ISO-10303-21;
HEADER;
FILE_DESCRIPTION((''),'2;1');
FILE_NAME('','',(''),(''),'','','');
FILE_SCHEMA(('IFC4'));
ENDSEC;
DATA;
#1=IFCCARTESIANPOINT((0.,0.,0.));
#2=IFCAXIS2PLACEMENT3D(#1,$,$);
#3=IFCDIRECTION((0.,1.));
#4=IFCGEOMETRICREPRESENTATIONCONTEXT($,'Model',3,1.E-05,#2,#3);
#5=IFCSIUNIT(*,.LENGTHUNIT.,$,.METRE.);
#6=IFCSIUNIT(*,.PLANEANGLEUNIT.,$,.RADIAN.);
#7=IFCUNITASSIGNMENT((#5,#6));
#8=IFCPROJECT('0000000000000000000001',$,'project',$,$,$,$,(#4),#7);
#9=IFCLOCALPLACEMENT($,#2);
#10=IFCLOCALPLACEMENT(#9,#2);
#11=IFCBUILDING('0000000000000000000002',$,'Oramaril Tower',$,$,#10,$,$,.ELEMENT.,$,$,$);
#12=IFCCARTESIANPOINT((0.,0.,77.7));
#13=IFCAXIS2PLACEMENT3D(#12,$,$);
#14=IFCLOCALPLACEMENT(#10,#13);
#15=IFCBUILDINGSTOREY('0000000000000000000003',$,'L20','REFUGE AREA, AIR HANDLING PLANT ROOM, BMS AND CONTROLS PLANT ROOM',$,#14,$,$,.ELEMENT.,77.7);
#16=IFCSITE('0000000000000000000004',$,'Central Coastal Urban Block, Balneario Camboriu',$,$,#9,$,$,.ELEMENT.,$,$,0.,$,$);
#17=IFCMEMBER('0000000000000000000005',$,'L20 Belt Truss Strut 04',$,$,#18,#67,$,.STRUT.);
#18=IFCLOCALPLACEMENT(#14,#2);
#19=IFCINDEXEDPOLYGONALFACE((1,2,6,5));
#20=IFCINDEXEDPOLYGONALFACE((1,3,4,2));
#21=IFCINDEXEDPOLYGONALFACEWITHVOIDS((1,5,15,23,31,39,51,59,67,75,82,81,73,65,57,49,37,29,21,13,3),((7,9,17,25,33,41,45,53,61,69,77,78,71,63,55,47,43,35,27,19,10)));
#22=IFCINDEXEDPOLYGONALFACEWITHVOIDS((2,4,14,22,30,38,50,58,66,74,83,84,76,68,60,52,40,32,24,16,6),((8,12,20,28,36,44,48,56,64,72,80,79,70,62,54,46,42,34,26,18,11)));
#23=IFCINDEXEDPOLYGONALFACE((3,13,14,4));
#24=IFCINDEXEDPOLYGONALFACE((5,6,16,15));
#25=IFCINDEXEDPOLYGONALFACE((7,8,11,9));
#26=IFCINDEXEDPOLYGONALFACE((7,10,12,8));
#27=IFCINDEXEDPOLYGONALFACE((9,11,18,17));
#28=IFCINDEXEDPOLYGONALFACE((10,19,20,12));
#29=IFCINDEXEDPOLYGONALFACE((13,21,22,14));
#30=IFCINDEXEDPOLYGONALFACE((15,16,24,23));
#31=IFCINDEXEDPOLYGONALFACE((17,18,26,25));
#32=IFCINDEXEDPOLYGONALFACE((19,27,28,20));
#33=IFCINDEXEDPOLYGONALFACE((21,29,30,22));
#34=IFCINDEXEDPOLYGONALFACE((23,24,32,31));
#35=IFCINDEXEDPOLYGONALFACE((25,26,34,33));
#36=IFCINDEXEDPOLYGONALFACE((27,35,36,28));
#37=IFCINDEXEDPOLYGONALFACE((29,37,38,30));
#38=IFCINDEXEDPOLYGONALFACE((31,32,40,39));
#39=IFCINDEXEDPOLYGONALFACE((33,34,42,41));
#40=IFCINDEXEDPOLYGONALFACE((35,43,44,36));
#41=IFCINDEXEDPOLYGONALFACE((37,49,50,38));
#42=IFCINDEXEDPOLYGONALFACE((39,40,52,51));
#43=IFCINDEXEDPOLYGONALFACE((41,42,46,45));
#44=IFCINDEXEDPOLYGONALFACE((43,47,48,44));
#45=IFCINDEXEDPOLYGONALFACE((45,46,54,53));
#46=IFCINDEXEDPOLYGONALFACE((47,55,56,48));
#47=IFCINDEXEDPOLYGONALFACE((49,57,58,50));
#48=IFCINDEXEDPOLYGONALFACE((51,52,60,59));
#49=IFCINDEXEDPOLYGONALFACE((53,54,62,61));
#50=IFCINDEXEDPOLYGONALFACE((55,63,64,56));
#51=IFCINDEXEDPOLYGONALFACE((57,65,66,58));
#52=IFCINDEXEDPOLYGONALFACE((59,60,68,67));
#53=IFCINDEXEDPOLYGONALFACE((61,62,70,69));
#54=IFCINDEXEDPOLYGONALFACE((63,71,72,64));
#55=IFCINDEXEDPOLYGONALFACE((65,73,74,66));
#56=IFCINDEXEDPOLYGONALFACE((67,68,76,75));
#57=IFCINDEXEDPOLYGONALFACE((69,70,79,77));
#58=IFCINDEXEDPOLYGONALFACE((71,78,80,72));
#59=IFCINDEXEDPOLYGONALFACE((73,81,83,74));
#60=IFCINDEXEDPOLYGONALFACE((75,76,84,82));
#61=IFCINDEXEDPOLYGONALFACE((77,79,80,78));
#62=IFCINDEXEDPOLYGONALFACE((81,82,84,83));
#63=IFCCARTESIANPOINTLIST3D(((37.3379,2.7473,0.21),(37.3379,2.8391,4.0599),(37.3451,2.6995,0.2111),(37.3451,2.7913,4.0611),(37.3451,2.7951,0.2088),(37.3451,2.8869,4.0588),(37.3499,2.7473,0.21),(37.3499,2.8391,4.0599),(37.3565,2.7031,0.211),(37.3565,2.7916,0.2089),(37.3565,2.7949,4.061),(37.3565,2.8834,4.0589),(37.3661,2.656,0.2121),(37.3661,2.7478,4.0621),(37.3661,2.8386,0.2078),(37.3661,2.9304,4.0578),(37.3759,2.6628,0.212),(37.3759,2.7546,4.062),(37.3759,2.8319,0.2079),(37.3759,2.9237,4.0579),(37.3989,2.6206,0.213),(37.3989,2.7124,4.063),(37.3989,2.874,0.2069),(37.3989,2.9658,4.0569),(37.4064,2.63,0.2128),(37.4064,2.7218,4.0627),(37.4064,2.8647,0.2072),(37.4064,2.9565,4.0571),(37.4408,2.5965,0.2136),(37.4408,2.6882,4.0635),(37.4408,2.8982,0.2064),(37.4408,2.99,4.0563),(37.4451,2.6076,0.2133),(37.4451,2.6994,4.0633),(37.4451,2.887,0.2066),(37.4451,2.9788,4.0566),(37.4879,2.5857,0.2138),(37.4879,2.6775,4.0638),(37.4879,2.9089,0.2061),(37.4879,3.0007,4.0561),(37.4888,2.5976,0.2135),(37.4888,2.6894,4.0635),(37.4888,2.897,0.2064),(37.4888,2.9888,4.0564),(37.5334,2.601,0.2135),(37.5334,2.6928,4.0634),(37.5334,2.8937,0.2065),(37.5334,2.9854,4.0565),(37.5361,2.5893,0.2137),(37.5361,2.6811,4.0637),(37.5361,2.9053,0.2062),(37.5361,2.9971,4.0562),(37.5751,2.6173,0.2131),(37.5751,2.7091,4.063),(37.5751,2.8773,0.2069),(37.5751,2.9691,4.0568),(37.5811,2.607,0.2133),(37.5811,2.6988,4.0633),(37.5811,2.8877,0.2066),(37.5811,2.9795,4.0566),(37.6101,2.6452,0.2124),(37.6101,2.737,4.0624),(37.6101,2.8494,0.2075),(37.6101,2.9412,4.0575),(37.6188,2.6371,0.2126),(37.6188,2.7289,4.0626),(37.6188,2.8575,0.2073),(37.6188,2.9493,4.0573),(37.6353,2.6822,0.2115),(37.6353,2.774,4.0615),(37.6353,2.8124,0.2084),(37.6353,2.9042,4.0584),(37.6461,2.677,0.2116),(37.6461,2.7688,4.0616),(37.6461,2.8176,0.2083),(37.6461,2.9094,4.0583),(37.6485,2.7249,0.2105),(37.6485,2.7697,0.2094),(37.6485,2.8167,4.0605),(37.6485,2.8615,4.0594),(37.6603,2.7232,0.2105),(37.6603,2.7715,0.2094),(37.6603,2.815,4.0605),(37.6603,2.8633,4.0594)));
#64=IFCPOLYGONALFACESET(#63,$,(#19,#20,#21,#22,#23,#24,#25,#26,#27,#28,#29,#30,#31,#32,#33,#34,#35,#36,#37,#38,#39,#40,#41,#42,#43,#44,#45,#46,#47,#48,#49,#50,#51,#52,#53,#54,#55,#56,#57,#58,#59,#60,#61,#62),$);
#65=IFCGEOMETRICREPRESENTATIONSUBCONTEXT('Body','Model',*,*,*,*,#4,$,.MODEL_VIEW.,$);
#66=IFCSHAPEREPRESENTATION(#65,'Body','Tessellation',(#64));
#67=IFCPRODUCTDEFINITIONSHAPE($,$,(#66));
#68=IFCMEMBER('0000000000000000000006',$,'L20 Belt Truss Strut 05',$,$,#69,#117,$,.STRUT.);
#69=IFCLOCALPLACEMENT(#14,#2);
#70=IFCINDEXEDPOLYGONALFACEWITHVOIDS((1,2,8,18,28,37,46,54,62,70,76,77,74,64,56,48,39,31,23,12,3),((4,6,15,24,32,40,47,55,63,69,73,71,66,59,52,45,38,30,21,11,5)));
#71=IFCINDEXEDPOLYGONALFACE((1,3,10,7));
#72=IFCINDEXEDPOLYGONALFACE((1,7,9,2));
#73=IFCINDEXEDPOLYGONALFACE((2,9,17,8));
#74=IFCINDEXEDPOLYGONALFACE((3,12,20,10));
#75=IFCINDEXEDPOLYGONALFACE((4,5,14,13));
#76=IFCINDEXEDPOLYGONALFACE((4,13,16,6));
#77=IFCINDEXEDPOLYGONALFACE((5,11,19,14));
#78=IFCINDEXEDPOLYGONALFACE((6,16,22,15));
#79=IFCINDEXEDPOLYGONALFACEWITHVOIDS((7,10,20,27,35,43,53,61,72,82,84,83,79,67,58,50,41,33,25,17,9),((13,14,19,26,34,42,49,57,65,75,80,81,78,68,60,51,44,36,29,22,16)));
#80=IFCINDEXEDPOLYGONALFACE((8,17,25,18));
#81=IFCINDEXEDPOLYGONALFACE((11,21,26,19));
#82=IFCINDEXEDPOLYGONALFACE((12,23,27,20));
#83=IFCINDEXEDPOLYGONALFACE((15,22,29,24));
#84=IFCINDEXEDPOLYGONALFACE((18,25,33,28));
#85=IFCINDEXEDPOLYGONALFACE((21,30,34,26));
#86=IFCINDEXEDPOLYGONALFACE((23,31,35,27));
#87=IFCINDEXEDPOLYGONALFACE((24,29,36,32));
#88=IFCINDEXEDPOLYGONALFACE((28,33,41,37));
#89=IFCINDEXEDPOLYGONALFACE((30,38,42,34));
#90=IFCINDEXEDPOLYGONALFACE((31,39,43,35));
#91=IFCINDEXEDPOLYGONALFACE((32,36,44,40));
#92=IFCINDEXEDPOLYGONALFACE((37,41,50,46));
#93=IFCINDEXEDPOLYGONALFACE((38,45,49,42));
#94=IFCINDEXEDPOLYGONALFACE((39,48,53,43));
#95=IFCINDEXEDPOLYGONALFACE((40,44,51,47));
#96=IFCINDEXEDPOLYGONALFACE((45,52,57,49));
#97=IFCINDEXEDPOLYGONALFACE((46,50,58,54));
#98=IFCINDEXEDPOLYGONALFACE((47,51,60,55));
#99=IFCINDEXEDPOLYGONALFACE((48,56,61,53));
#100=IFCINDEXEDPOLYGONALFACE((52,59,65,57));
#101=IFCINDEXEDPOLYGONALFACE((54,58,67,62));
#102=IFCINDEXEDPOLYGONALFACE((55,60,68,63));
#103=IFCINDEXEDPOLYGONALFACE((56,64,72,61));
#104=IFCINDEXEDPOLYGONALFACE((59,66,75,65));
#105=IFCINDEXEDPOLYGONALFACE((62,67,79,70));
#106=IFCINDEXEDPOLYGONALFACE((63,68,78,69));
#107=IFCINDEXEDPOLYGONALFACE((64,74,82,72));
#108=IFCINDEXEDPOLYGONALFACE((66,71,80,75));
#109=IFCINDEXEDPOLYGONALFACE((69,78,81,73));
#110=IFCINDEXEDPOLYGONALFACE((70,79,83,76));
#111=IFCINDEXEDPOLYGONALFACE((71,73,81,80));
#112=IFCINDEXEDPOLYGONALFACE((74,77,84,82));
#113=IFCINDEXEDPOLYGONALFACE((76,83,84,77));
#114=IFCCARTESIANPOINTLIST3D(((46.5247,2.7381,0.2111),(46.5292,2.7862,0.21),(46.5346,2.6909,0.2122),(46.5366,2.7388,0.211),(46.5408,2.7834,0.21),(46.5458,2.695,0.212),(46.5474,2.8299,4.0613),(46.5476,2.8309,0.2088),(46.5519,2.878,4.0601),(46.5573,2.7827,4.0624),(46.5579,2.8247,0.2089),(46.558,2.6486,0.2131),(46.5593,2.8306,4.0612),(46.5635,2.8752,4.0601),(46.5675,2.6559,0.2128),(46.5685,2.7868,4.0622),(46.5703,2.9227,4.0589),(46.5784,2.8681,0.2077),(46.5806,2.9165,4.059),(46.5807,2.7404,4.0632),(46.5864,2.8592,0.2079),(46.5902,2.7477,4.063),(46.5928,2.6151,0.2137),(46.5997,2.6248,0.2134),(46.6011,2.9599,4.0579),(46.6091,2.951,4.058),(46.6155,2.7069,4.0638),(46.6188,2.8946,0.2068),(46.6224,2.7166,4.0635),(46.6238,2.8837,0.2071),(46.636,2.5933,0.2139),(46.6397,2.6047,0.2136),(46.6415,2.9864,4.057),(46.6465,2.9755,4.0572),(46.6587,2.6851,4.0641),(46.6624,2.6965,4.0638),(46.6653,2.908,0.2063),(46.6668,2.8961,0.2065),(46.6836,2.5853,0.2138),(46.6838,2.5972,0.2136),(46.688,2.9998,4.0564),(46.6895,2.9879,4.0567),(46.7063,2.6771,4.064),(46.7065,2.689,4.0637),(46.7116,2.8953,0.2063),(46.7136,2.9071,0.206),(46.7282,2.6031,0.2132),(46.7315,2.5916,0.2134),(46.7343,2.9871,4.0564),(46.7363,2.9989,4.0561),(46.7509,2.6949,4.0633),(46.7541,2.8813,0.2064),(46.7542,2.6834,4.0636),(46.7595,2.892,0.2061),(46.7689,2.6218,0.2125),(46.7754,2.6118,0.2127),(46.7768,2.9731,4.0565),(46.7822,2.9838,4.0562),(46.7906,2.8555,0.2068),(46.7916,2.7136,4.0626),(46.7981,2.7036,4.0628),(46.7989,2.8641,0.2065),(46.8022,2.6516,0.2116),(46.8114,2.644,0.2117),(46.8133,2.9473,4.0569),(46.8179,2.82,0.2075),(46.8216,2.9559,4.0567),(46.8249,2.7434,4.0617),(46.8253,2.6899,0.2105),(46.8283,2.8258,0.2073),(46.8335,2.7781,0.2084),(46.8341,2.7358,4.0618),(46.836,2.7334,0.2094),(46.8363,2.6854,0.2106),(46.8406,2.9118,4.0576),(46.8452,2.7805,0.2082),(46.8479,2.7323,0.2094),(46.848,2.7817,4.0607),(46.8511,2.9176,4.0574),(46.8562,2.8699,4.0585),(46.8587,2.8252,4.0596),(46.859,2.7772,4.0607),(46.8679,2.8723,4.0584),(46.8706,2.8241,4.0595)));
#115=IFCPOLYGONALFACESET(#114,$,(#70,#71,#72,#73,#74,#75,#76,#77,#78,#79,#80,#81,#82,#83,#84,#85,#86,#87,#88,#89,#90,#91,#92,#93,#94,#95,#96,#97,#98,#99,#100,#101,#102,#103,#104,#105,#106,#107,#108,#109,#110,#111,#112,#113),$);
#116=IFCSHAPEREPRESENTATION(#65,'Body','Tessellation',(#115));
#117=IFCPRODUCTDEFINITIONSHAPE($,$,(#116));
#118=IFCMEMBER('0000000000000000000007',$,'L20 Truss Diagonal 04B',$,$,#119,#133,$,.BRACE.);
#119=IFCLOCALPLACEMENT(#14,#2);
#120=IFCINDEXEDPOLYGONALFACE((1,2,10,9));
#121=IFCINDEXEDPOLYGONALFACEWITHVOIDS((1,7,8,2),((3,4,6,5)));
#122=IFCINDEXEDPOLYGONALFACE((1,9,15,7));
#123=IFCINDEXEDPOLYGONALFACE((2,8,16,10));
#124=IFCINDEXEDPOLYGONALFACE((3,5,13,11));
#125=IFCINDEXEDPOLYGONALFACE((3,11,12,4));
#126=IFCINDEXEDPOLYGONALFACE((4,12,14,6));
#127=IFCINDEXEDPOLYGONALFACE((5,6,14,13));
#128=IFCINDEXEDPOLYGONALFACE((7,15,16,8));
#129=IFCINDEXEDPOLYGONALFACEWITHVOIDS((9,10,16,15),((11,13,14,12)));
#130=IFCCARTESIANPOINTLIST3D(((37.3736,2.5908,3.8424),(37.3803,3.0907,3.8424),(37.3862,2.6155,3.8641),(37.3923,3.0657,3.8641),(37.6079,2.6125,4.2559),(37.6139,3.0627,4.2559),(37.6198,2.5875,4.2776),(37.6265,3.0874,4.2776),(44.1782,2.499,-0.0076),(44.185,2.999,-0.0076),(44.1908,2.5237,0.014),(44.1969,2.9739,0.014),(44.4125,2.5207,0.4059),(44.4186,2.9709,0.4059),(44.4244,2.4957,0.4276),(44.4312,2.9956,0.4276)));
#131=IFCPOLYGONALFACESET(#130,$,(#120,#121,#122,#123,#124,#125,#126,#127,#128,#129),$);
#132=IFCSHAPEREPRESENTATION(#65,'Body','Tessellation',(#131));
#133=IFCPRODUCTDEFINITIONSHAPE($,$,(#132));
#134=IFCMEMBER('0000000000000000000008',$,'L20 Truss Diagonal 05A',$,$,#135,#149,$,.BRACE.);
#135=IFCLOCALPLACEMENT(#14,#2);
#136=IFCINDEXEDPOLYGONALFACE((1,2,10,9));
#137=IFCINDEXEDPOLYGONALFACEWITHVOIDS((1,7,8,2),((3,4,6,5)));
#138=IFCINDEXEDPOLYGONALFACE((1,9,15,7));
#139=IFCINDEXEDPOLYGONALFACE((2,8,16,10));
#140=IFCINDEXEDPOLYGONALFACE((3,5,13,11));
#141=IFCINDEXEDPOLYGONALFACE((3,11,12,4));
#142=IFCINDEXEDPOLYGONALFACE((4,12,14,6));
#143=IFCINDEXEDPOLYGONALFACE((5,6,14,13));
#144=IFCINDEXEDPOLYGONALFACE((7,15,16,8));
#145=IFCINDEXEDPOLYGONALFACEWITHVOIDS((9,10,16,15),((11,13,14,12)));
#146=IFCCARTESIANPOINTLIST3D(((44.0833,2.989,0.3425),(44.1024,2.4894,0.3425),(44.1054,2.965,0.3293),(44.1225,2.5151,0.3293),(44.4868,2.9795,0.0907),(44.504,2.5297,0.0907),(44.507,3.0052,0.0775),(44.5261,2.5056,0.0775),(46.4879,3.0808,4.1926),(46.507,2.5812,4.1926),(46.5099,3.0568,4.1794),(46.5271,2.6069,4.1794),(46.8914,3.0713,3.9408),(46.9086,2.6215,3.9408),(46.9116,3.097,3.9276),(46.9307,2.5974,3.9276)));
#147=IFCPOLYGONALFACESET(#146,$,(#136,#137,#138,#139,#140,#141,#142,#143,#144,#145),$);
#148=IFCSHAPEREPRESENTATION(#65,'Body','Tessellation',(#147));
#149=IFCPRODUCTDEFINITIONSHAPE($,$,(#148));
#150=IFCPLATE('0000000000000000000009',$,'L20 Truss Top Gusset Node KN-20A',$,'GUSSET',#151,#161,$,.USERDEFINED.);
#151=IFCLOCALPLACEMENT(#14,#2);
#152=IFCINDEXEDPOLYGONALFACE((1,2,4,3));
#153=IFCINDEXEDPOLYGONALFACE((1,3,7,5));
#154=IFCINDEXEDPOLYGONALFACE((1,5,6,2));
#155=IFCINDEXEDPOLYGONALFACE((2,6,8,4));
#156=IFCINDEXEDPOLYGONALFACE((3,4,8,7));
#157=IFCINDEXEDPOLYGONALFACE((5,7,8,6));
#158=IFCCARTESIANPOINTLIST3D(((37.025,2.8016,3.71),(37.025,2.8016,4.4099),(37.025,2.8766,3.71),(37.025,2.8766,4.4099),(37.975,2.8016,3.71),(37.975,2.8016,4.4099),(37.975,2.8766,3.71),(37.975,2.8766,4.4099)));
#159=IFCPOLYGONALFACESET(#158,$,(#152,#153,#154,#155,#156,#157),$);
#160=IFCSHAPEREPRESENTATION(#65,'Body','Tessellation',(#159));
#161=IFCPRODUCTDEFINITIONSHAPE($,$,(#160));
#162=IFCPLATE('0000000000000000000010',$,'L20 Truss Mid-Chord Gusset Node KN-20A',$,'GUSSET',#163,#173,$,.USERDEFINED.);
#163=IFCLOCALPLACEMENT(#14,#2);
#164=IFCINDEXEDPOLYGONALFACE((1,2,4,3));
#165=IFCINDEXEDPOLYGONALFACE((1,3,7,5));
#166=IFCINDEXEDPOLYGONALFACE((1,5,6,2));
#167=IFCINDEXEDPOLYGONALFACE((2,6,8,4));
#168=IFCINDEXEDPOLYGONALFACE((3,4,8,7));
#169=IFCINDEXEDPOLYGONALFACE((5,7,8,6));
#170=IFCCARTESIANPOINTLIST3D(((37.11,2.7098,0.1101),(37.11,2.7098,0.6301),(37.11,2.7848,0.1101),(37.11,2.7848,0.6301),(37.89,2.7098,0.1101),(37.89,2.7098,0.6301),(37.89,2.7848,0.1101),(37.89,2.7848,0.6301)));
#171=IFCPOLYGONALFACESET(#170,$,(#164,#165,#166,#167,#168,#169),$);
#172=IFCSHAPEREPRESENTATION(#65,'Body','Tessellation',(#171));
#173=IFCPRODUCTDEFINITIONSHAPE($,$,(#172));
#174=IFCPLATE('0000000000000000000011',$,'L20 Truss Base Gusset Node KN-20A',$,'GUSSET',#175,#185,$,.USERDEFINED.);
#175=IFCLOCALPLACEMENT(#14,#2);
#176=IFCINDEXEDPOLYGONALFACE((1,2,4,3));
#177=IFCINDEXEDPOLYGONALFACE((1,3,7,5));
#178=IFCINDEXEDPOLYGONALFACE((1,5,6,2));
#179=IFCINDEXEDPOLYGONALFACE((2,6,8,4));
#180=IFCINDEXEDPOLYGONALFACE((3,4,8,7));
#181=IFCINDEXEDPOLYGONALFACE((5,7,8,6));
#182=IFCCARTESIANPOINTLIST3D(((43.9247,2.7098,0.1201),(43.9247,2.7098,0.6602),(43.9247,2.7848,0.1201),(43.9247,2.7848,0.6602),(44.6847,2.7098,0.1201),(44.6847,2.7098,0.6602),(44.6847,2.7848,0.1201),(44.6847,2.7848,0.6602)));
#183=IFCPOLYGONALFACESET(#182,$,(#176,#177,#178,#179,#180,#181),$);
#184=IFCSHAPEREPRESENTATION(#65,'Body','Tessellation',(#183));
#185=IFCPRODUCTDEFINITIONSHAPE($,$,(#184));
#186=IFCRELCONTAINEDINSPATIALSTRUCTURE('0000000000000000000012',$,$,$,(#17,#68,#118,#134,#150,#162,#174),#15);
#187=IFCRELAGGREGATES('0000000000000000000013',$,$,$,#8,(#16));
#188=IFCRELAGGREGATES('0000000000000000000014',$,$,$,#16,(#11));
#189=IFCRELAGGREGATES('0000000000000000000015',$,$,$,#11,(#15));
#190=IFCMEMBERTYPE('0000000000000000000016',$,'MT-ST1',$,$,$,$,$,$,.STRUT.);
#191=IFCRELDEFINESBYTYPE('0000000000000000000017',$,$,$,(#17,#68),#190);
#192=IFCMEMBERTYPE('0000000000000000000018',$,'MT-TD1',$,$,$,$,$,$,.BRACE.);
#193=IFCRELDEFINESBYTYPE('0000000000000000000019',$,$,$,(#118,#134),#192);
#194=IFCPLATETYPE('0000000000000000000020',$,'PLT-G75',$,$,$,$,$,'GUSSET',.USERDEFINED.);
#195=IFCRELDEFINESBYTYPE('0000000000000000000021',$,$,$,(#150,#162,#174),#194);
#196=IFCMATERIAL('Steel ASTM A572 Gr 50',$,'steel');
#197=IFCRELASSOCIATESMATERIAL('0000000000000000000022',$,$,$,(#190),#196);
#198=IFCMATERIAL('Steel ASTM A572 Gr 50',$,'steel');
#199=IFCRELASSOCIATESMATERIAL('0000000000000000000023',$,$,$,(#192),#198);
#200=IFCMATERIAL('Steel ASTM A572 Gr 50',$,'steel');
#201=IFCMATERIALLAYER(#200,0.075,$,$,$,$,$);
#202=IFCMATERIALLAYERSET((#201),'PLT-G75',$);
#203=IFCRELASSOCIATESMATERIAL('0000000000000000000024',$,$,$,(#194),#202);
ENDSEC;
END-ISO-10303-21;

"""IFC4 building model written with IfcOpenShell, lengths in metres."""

from ifc_helpers import new_model, si_unit, direction, frame, origin, origin_2d, place, context, subcontext, project, spatial, rectangle, hollow_rectangle, hollow_circle, extrude, material, layer, layer_set, material_profile, profile_set, type_object, element, save


model = new_model("IFC4")

# Units and contexts
model_context = context("Model", 3, precision=1e-05, world=origin(), true_north=direction((0.0, 1.0)))
body_context = subcontext(model_context, "Body", "Model", "MODEL_VIEW")
ifc_project = project(units=[si_unit("LENGTHUNIT", "METRE"), si_unit("PLANEANGLEUNIT", "RADIAN")], contexts=[model_context])

# Site, building, storey
site_placement = place(None, origin())
site = spatial("IfcSite", under=ifc_project, at=site_placement, Name="Central Coastal Urban Block, Balneario Camboriu", CompositionType="ELEMENT", RefElevation=0.0)
building_placement = place(site_placement, origin())
building = spatial("IfcBuilding", under=site, at=building_placement, Name="Oramaril Tower", CompositionType="ELEMENT")
storey_placement = place(building_placement, frame((0.0, 0.0, 77.7)))
storey = spatial("IfcBuildingStorey", under=building, at=storey_placement, Name="L20", Description="REFUGE AREA, AIR HANDLING PLANT ROOM, BMS AND CONTROLS PLANT ROOM", CompositionType="ELEMENT", Elevation=77.7)

# Members
ifc_material_1 = material(Name="Steel ASTM A572 Gr 50", Category="steel")
ifc_material_profile_1 = material_profile(ifc_material_1, hollow_circle(Radius=0.1621, WallThickness=0.012, at=origin_2d()), Name="CHS324X12")
ifc_profile_set_1 = profile_set([ifc_material_profile_1], Name="Steel ASTM A572 Gr 50")
member_type_1 = type_object("IfcMemberType", Name="MT-ST1", PredefinedType="STRUT", material=ifc_profile_set_1)
member_1_placement = place(storey_placement, frame((37.5, 2.7473, 0.21), z_axis=(0.0, 0.023836, 0.999716), x_axis=(-1.0, 0.0, 0.0)))
element("IfcMember", 1, at=member_1_placement, inside=storey, type_object=member_type_1, Name="L20 Belt Truss Strut 04", PredefinedType="STRUT", context=body_context, shape_type="SweptSolid", body=[
    extrude(hollow_circle(Radius=0.1621, WallThickness=0.012, at=origin_2d()), origin(), (0.0, 0.0, 1.0), 3.8511),
])
member_2_placement = place(storey_placement, frame((46.6865, 2.7473, 0.21), z_axis=(0.005895, 0.023836, 0.999699), x_axis=(-0.970747, 0.240105, 0.0)))
element("IfcMember", 2, at=member_2_placement, inside=storey, type_object=member_type_1, Name="L20 Belt Truss Strut 05", PredefinedType="STRUT", context=body_context, shape_type="SweptSolid", body=[
    extrude(hollow_circle(Radius=0.1621, WallThickness=0.012, at=origin_2d()), origin(), (0.0, 0.0, 1.0), 3.8513),
])
ifc_material_2 = material(Name="Steel ASTM A572 Gr 50", Category="steel")
ifc_material_profile_2 = material_profile(ifc_material_2, hollow_rectangle(XDim=0.5, YDim=0.5, WallThickness=0.0249, at=origin_2d()), Name="HSS500X500X25")
ifc_profile_set_2 = profile_set([ifc_material_profile_2], Name="Steel ASTM A572 Gr 50")
member_type_2 = type_object("IfcMemberType", Name="MT-TD1", PredefinedType="BRACE", material=ifc_profile_set_2)
member_3_placement = place(storey_placement, frame((44.3047, 2.7473, 0.21), z_axis=(-0.870285, 0.01174, 0.492408), x_axis=(-0.013489, -0.999909, 0.0)))
element("IfcMember", 3, at=member_3_placement, inside=storey, type_object=member_type_2, Name="L20 Truss Diagonal 04B", PredefinedType="BRACE", context=body_context, shape_type="SweptSolid", body=[
    extrude(hollow_rectangle(XDim=0.5, YDim=0.5, WallThickness=0.0249, at=origin_2d()), origin(), (0.0, 0.0, 1.0), 7.8188),
])
member_4_placement = place(storey_placement, frame((44.3047, 2.7473, 0.21), z_axis=(0.52961, 0.020219, 0.848), x_axis=(-0.038149, 0.999272, 0.0)))
element("IfcMember", 4, at=member_4_placement, inside=storey, type_object=member_type_2, Name="L20 Truss Diagonal 05A", PredefinedType="BRACE", context=body_context, shape_type="SweptSolid", body=[
    extrude(hollow_rectangle(XDim=0.5, YDim=0.5, WallThickness=0.0249, at=origin_2d()), origin(), (0.0, 0.0, 1.0), 4.5403),
])

# Plates
ifc_material_3 = material(Name="Steel ASTM A572 Gr 50", Category="steel")
ifc_layer_1 = layer(ifc_material_3, 0.075)
ifc_layer_set_1 = layer_set([ifc_layer_1], Name="PLT-G75")
plate_type = type_object("IfcPlateType", Name="PLT-G75", ElementType="GUSSET", PredefinedType="USERDEFINED", material=ifc_layer_set_1)
plate_1_placement = place(storey_placement, frame((37.5, 2.8391, 3.71), z_axis=(0.0, 0.0, 1.0), x_axis=(1.0, 0.0, 0.0)))
element("IfcPlate", 5, at=plate_1_placement, inside=storey, type_object=plate_type, Name="L20 Truss Top Gusset Node KN-20A", ObjectType="GUSSET", PredefinedType="USERDEFINED", context=body_context, shape_type="SweptSolid", body=[
    extrude(rectangle(XDim=0.95, YDim=0.075, at=origin_2d()), origin(), (0.0, 0.0, 1.0), 0.7),
])
plate_2_placement = place(storey_placement, frame((37.5, 2.7473, 0.1101), z_axis=(0.0, 0.0, 1.0), x_axis=(1.0, 0.0, 0.0)))
element("IfcPlate", 6, at=plate_2_placement, inside=storey, type_object=plate_type, Name="L20 Truss Mid-Chord Gusset Node KN-20A", ObjectType="GUSSET", PredefinedType="USERDEFINED", context=body_context, shape_type="SweptSolid", body=[
    extrude(rectangle(XDim=0.78, YDim=0.075, at=origin_2d()), origin(), (0.0, 0.0, 1.0), 0.52),
])
plate_3_placement = place(storey_placement, frame((44.3047, 2.7473, 0.1201), z_axis=(0.0, 0.0, 1.0), x_axis=(1.0, 0.0, 0.0)))
element("IfcPlate", 7, at=plate_3_placement, inside=storey, type_object=plate_type, Name="L20 Truss Base Gusset Node KN-20A", ObjectType="GUSSET", PredefinedType="USERDEFINED", context=body_context, shape_type="SweptSolid", body=[
    extrude(rectangle(XDim=0.76, YDim=0.075, at=origin_2d()), origin(), (0.0, 0.0, 1.0), 0.54),
])

save(model, "model.ifc")
